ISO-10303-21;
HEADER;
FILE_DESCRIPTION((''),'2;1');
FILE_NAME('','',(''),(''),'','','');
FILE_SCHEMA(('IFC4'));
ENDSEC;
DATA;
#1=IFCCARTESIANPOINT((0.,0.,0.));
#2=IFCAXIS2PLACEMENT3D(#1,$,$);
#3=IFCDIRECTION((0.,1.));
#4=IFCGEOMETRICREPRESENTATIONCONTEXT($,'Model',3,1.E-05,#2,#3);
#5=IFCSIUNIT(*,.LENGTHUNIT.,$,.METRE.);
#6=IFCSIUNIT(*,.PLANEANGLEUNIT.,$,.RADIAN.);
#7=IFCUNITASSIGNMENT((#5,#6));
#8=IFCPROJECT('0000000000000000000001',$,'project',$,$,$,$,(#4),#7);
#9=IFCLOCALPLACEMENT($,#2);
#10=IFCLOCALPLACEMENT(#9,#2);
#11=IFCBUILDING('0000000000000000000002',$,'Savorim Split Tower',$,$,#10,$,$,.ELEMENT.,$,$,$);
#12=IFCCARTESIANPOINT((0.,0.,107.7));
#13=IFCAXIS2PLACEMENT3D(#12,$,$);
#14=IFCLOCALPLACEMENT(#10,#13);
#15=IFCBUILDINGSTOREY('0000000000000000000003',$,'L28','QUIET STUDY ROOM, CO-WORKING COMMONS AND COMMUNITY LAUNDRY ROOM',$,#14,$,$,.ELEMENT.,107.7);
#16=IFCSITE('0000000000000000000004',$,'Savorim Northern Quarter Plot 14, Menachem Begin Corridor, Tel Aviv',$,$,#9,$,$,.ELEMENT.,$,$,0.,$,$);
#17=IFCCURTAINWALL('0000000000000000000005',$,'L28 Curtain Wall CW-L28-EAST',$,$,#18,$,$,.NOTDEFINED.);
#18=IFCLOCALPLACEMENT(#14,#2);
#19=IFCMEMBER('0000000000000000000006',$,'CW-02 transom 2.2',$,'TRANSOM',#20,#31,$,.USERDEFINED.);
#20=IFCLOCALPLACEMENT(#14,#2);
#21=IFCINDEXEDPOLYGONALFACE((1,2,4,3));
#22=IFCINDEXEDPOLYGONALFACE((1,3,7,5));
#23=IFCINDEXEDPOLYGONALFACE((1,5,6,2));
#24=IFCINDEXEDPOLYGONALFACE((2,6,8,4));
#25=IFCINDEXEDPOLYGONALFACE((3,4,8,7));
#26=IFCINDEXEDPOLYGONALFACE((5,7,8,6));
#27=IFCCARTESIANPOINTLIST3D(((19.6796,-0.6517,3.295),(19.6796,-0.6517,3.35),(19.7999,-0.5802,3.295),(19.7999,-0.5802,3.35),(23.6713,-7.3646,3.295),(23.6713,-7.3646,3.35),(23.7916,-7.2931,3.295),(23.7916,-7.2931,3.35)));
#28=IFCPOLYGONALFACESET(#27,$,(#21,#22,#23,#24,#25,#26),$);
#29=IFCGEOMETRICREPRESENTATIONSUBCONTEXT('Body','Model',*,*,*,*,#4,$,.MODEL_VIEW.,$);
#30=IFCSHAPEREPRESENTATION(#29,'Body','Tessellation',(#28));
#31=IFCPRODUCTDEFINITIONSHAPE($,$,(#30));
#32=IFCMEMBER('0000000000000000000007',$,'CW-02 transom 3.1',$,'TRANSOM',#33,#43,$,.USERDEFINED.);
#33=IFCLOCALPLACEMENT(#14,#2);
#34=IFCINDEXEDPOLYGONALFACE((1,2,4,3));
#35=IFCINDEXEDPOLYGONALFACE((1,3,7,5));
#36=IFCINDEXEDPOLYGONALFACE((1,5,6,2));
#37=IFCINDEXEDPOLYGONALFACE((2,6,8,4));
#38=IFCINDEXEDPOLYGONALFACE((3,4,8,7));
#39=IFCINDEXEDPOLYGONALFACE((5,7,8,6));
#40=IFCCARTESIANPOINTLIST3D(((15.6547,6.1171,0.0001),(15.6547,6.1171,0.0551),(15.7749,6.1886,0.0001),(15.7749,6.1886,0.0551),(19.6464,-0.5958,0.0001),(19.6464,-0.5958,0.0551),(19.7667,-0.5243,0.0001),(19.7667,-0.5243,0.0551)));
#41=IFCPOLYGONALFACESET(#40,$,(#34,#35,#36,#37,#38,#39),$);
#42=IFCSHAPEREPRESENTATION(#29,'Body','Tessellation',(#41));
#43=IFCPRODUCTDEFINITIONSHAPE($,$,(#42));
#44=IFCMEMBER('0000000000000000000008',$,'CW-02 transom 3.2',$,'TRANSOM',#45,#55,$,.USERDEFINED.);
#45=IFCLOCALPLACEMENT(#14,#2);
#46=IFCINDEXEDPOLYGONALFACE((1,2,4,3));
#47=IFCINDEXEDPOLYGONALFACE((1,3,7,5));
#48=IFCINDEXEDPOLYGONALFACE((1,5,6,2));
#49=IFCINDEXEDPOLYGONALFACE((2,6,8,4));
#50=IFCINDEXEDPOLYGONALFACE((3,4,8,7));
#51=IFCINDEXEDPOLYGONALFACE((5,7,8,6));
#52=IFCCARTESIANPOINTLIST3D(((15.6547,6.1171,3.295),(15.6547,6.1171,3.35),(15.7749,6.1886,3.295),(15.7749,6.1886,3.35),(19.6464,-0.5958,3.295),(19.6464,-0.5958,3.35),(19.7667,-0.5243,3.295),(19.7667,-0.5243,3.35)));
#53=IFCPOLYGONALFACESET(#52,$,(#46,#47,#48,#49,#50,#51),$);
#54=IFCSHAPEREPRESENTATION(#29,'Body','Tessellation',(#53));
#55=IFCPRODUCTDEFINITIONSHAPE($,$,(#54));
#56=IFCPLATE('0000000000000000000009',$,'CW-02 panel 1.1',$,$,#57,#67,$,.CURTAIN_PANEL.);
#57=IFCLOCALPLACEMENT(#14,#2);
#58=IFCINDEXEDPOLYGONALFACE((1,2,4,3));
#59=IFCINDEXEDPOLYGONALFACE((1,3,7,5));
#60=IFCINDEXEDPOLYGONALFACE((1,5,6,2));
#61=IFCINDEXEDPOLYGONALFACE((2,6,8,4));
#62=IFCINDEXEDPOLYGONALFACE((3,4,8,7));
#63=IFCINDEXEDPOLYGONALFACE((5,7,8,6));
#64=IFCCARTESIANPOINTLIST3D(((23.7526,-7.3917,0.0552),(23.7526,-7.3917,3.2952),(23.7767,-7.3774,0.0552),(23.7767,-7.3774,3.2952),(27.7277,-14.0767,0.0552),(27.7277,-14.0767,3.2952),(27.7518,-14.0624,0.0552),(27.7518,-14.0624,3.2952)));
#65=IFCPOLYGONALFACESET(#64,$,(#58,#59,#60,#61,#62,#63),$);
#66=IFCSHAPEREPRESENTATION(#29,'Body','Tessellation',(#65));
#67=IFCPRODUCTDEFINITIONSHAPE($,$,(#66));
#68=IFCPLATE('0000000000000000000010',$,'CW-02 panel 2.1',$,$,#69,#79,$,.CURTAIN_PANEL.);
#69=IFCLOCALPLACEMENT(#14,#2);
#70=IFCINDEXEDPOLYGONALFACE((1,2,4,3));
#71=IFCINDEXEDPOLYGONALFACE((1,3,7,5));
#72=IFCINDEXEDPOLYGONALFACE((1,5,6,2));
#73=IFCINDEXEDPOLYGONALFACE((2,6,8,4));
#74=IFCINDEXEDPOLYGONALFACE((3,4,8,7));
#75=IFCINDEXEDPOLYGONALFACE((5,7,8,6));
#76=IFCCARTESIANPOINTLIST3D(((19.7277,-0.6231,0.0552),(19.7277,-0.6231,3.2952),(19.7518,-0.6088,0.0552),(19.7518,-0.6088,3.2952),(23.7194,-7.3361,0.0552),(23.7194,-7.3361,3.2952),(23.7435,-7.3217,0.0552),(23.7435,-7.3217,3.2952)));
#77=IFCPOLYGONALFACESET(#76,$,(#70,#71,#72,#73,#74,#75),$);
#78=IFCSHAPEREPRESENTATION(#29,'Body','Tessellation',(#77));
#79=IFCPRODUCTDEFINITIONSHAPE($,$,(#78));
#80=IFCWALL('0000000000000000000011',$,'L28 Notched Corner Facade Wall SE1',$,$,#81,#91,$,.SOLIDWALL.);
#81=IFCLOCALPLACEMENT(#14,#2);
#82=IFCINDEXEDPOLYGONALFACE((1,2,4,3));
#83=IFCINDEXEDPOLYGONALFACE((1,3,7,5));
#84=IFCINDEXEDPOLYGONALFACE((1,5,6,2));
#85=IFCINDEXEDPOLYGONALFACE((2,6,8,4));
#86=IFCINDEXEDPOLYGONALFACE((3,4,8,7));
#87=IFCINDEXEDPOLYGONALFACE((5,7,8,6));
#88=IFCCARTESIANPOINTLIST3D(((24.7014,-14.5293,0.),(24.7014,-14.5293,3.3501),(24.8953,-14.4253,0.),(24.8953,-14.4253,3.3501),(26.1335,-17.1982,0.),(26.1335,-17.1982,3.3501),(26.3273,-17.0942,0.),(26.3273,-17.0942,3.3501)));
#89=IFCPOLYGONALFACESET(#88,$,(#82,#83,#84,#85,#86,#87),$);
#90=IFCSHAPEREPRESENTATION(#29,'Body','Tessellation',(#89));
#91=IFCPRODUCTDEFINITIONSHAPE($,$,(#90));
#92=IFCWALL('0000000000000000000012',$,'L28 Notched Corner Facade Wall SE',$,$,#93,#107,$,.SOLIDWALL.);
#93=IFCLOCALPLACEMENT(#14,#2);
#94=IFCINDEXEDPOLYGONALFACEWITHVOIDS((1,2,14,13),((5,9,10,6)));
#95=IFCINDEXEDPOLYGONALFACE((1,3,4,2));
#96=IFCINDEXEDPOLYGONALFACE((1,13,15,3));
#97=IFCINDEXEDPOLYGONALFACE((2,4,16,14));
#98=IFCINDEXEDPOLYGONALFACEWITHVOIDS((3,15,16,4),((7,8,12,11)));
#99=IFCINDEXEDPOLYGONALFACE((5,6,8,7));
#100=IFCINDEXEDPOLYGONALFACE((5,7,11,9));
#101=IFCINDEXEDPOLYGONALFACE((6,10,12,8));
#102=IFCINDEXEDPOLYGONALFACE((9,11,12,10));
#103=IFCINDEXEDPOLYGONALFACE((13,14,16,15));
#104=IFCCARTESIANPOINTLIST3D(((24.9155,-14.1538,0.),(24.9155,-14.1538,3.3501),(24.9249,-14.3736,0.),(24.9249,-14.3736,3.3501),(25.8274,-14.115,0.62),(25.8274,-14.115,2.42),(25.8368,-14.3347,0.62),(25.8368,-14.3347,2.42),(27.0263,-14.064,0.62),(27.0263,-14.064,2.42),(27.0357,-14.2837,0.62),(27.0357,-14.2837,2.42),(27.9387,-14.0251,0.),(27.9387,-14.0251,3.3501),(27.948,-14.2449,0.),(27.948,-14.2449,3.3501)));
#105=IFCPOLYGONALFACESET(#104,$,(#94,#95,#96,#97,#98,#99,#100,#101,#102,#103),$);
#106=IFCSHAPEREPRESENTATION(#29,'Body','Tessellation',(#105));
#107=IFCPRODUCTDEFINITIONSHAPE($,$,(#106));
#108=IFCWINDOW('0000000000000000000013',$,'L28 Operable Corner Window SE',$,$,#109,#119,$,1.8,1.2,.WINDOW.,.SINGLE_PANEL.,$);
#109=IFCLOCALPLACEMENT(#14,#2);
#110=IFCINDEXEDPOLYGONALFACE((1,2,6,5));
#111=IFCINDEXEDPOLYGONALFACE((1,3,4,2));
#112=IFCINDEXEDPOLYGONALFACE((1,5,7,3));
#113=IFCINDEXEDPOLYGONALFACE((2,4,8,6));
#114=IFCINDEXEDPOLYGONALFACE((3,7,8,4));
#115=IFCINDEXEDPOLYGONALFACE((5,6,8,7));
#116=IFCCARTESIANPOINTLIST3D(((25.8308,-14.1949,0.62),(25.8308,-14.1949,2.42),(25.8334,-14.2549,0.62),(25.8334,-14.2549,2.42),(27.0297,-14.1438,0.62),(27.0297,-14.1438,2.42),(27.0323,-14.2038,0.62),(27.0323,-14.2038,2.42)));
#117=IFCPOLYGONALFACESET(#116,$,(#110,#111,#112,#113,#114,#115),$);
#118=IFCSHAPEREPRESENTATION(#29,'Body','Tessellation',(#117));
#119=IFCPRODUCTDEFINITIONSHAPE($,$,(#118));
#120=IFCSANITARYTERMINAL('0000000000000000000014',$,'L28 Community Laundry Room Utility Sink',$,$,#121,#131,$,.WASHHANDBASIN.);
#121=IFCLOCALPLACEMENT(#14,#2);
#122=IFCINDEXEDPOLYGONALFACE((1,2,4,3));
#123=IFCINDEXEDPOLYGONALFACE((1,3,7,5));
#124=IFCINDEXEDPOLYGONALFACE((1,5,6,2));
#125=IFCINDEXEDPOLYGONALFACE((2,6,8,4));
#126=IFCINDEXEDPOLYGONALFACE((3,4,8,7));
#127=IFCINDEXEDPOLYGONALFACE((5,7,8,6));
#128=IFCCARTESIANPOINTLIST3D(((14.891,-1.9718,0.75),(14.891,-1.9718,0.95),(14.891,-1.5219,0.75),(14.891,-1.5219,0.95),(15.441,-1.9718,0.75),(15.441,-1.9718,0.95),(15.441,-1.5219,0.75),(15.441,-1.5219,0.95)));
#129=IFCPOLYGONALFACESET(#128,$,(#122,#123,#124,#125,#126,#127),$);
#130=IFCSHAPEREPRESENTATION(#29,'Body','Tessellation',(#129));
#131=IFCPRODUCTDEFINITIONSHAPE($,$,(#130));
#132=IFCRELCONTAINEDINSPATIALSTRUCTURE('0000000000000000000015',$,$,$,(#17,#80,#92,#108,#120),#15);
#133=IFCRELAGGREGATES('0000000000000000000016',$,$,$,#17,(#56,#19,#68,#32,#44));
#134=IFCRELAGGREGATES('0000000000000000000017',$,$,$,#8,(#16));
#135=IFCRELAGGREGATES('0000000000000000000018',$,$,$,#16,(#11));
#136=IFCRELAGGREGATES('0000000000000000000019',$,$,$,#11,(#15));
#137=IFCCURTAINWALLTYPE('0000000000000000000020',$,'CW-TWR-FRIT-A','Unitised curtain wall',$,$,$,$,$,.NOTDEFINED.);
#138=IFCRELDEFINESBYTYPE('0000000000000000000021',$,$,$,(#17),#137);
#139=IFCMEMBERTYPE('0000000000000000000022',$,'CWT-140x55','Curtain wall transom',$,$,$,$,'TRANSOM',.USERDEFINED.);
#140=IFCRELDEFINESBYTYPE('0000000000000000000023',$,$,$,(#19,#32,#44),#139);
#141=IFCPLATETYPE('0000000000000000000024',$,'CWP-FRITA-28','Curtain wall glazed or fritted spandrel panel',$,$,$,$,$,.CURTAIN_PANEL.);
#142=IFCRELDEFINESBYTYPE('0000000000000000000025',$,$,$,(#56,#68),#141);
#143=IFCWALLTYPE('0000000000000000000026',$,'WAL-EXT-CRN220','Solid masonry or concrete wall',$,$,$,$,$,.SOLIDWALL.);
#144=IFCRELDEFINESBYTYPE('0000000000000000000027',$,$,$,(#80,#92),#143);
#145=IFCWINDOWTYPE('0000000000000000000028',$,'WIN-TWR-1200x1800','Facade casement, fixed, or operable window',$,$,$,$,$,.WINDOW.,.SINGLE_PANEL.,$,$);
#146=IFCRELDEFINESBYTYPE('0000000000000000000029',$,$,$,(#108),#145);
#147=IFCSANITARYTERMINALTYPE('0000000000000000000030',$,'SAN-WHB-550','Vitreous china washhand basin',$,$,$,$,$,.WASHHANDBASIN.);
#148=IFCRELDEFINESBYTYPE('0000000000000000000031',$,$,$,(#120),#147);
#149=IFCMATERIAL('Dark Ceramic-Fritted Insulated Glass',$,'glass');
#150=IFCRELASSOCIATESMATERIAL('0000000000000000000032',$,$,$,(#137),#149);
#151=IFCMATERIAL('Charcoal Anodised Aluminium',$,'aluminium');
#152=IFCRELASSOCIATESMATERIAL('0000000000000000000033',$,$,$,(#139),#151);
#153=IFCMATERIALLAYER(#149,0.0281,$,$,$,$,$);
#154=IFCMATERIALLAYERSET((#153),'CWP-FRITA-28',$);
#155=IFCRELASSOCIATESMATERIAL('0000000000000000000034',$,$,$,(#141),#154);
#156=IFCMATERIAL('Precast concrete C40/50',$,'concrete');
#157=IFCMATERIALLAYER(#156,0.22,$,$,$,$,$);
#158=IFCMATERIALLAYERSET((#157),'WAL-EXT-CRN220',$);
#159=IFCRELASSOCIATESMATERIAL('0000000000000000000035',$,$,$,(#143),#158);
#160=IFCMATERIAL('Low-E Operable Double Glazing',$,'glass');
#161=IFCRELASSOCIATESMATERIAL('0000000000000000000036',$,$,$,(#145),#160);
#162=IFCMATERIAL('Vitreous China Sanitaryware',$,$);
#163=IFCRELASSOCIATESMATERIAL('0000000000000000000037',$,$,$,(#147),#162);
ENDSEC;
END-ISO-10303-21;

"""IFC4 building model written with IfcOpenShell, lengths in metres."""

from ifc_helpers import new_model, si_unit, direction, frame, frame_2d, origin, origin_2d, place, context, subcontext, project, spatial, rectangle, extrude, material, layer, layer_set, material_profile, profile_set, type_object, element, fill, aggregate, save


model = new_model("IFC4")

# Units and contexts
model_context = context("Model", 3, precision=1e-05, world=origin(), true_north=direction((0.0, 1.0)))
body_context = subcontext(model_context, "Body", "Model", "MODEL_VIEW")
ifc_project = project(units=[si_unit("LENGTHUNIT", "METRE"), si_unit("PLANEANGLEUNIT", "RADIAN")], contexts=[model_context])

# Site, building, storey
site_placement = place(None, origin())
site = spatial("IfcSite", under=ifc_project, at=site_placement, Name="Savorim Northern Quarter Plot 14, Menachem Begin Corridor, Tel Aviv", CompositionType="ELEMENT", RefElevation=0.0)
building_placement = place(site_placement, origin())
building = spatial("IfcBuilding", under=site, at=building_placement, Name="Savorim Split Tower", CompositionType="ELEMENT")
storey_placement = place(building_placement, frame((0.0, 0.0, 107.7)))
storey = spatial("IfcBuildingStorey", under=building, at=storey_placement, Name="L28", Description="QUIET STUDY ROOM, CO-WORKING COMMONS AND COMMUNITY LAUNDRY ROOM", CompositionType="ELEMENT", Elevation=107.7)

# Shared definitions
ifc_material_1 = material(Name="Dark Ceramic-Fritted Insulated Glass", Category="glass")
curtain_wall_type = type_object("IfcCurtainWallType", Name="CW-TWR-FRIT-A", Description="Unitised curtain wall", PredefinedType="NOTDEFINED", material=ifc_material_1)
ifc_material_2 = material(Name="Charcoal Anodised Aluminium", Category="aluminium")

# Curtain wall, members, plates
curtain_wall_1_placement = place(storey_placement, origin())
curtain_wall_1 = element("IfcCurtainWall", 1, at=curtain_wall_1_placement, inside=storey, type_object=curtain_wall_type, Name="L28 Curtain Wall CW-L28-EAST", PredefinedType="NOTDEFINED")
ifc_material_profile_1 = material_profile(ifc_material_2, rectangle(XDim=0.1399, YDim=0.0549, at=origin_2d()), Name="ALU-T 140x55")
ifc_profile_set_1 = profile_set([ifc_material_profile_1], Name="Charcoal Anodised Aluminium")
member_type_1 = type_object("IfcMemberType", Name="CWT-140x55", Description="Curtain wall transom", ElementType="TRANSOM", PredefinedType="USERDEFINED", material=ifc_profile_set_1)
member_1_placement = place(storey_placement, frame((23.7314, -7.3289, 3.3225), z_axis=(-0.511099, 0.859522, 0.0), x_axis=(-0.859522, -0.511099, 0.0)))
member_1 = element("IfcMember", 2, at=member_1_placement, type_object=member_type_1, Name="CW-02 transom 2.2", ObjectType="TRANSOM", PredefinedType="USERDEFINED", context=body_context, shape_type="SweptSolid", body=[
    extrude(rectangle(XDim=0.1399, YDim=0.0549, at=origin_2d()), origin(), (0.0, 0.0, 1.0), 7.8101),
])
member_2_placement = place(storey_placement, frame((19.7065, -0.5601, 0.0276), z_axis=(-0.511099, 0.859522, 0.0), x_axis=(-0.859522, -0.511099, 0.0)))
member_2 = element("IfcMember", 3, at=member_2_placement, type_object=member_type_1, Name="CW-02 transom 3.1", ObjectType="TRANSOM", PredefinedType="USERDEFINED", context=body_context, shape_type="SweptSolid", body=[
    extrude(rectangle(XDim=0.1399, YDim=0.0549, at=origin_2d()), origin(), (0.0, 0.0, 1.0), 7.8101),
])
member_3_placement = place(storey_placement, frame((19.7065, -0.5601, 3.3225), z_axis=(-0.511099, 0.859522, 0.0), x_axis=(-0.859522, -0.511099, 0.0)))
member_3 = element("IfcMember", 4, at=member_3_placement, type_object=member_type_1, Name="CW-02 transom 3.2", ObjectType="TRANSOM", PredefinedType="USERDEFINED", context=body_context, shape_type="SweptSolid", body=[
    extrude(rectangle(XDim=0.1399, YDim=0.0549, at=origin_2d()), origin(), (0.0, 0.0, 1.0), 7.8101),
])
ifc_layer_1 = layer(ifc_material_1, 0.0281)
ifc_layer_set_1 = layer_set([ifc_layer_1], Name="CWP-FRITA-28")
plate_type = type_object("IfcPlateType", Name="CWP-FRITA-28", Description="Curtain wall glazed or fritted spandrel panel", PredefinedType="CURTAIN_PANEL", material=ifc_layer_set_1)
plate_1_placement = place(storey_placement, frame((25.7522, -10.7271, 0.0552), z_axis=(0.0, 0.0, 1.0), x_axis=(-0.511093, 0.859525, 0.0)))
plate_1 = element("IfcPlate", 5, at=plate_1_placement, type_object=plate_type, Name="CW-02 panel 1.1", PredefinedType="CURTAIN_PANEL", context=body_context, shape_type="SweptSolid", body=[
    extrude(rectangle(XDim=7.7776, YDim=0.0281, at=origin_2d()), origin(), (0.0, 0.0, 1.0), 3.24),
])
plate_2_placement = place(storey_placement, frame((21.7356, -3.9724, 0.0552), z_axis=(0.0, 0.0, 1.0), x_axis=(-0.511093, 0.859525, 0.0)))
plate_2 = element("IfcPlate", 6, at=plate_2_placement, type_object=plate_type, Name="CW-02 panel 2.1", PredefinedType="CURTAIN_PANEL", context=body_context, shape_type="SweptSolid", body=[
    extrude(rectangle(XDim=7.8101, YDim=0.0281, at=origin_2d()), origin(), (0.0, 0.0, 1.0), 3.24),
])
aggregate(curtain_wall_1, [plate_1, member_1, plate_2, member_2, member_3])

# Wall
ifc_material_3 = material(Name="Precast concrete C40/50", Category="concrete")
ifc_layer_2 = layer(ifc_material_3, 0.22)
ifc_layer_set_2 = layer_set([ifc_layer_2], Name="WAL-EXT-CRN220")
wall_type = type_object("IfcWallType", Name="WAL-EXT-CRN220", Description="Solid masonry or concrete wall", PredefinedType="SOLIDWALL", material=ifc_layer_set_2)
wall_1_placement = place(storey_placement, frame((24.7983, -14.4773, 0.0), z_axis=(0.0, 0.0, 1.0), x_axis=(0.472821, -0.881159, 0.0)))
element("IfcWall", 7, at=wall_1_placement, inside=storey, type_object=wall_type, Name="L28 Notched Corner Facade Wall SE1", PredefinedType="SOLIDWALL", context=body_context, shape_type="SweptSolid", body=[
    extrude(rectangle(XDim=3.0288, YDim=0.22, at=frame_2d((1.5144, 0.0))), origin(), (0.0, 0.0, 1.0), 3.3501),
])

# Wall, opening, window
wall_2_placement = place(storey_placement, frame((27.9434, -14.135, 0.0), z_axis=(0.0, 0.0, 1.0), x_axis=(-0.999096, -0.04252, 0.0)))
wall_2 = element("IfcWall", 8, at=wall_2_placement, inside=storey, type_object=wall_type, Name="L28 Notched Corner Facade Wall SE", PredefinedType="SOLIDWALL", context=body_context, shape_type="SweptSolid", body=[
    extrude(rectangle(XDim=3.0259, YDim=0.22, at=frame_2d((1.5129, 0.0))), origin(), (0.0, 0.0, 1.0), 3.3501),
])
opening_placement = place(wall_2_placement, frame((0.9131, 0.0, 0.6201)))
opening = element("IfcOpeningElement", 9, at=opening_placement, cuts=wall_2, PredefinedType="OPENING", context=body_context, shape_type="SweptSolid", body=[
    extrude(rectangle(XDim=1.2, YDim=1.8, at=frame_2d((0.6001, 0.8999))), frame((0.0, 0.1199, 0.0), z_axis=(0.0, -1.0, 0.0), x_axis=(1.0, 0.0, 0.0)), (0.0, 0.0, 1.0), 0.24),
])
ifc_material_4 = material(Name="Low-E Operable Double Glazing", Category="glass")
window_type = type_object("IfcWindowType", Name="WIN-TWR-1200x1800", Description="Facade casement, fixed, or operable window", PartitioningType="SINGLE_PANEL", PredefinedType="WINDOW", material=ifc_material_4)
window_placement = place(opening_placement, origin())
window = element("IfcWindow", 10, at=window_placement, inside=storey, type_object=window_type, Name="L28 Operable Corner Window SE", OverallHeight=1.8, OverallWidth=1.2, PartitioningType="SINGLE_PANEL", PredefinedType="WINDOW", context=body_context, shape_type="SweptSolid", body=[
    extrude(rectangle(XDim=1.2, YDim=1.8, at=frame_2d((0.6001, 0.8999))), frame((0.0, 0.03, 0.0), z_axis=(0.0, -1.0, 0.0), x_axis=(1.0, 0.0, 0.0)), (0.0, 0.0, 1.0), 0.0601),
])
fill(opening, window)

# Sanitary terminal
ifc_material_5 = material(Name="Vitreous China Sanitaryware")
sanitary_terminal_type = type_object("IfcSanitaryTerminalType", Name="SAN-WHB-550", Description="Vitreous china washhand basin", PredefinedType="WASHHANDBASIN", material=ifc_material_5)
sanitary_terminal_placement = place(storey_placement, frame((15.166, -1.7468, 0.75), z_axis=(0.0, 0.0, 1.0), x_axis=(1.0, 0.0, 0.0)))
element("IfcSanitaryTerminal", 11, at=sanitary_terminal_placement, inside=storey, type_object=sanitary_terminal_type, Name="L28 Community Laundry Room Utility Sink", PredefinedType="WASHHANDBASIN", context=body_context, shape_type="SweptSolid", body=[
    extrude(rectangle(XDim=0.55, YDim=0.45, at=origin_2d()), origin(), (0.0, 0.0, 1.0), 0.2),
])

save(model, "model.ifc")
